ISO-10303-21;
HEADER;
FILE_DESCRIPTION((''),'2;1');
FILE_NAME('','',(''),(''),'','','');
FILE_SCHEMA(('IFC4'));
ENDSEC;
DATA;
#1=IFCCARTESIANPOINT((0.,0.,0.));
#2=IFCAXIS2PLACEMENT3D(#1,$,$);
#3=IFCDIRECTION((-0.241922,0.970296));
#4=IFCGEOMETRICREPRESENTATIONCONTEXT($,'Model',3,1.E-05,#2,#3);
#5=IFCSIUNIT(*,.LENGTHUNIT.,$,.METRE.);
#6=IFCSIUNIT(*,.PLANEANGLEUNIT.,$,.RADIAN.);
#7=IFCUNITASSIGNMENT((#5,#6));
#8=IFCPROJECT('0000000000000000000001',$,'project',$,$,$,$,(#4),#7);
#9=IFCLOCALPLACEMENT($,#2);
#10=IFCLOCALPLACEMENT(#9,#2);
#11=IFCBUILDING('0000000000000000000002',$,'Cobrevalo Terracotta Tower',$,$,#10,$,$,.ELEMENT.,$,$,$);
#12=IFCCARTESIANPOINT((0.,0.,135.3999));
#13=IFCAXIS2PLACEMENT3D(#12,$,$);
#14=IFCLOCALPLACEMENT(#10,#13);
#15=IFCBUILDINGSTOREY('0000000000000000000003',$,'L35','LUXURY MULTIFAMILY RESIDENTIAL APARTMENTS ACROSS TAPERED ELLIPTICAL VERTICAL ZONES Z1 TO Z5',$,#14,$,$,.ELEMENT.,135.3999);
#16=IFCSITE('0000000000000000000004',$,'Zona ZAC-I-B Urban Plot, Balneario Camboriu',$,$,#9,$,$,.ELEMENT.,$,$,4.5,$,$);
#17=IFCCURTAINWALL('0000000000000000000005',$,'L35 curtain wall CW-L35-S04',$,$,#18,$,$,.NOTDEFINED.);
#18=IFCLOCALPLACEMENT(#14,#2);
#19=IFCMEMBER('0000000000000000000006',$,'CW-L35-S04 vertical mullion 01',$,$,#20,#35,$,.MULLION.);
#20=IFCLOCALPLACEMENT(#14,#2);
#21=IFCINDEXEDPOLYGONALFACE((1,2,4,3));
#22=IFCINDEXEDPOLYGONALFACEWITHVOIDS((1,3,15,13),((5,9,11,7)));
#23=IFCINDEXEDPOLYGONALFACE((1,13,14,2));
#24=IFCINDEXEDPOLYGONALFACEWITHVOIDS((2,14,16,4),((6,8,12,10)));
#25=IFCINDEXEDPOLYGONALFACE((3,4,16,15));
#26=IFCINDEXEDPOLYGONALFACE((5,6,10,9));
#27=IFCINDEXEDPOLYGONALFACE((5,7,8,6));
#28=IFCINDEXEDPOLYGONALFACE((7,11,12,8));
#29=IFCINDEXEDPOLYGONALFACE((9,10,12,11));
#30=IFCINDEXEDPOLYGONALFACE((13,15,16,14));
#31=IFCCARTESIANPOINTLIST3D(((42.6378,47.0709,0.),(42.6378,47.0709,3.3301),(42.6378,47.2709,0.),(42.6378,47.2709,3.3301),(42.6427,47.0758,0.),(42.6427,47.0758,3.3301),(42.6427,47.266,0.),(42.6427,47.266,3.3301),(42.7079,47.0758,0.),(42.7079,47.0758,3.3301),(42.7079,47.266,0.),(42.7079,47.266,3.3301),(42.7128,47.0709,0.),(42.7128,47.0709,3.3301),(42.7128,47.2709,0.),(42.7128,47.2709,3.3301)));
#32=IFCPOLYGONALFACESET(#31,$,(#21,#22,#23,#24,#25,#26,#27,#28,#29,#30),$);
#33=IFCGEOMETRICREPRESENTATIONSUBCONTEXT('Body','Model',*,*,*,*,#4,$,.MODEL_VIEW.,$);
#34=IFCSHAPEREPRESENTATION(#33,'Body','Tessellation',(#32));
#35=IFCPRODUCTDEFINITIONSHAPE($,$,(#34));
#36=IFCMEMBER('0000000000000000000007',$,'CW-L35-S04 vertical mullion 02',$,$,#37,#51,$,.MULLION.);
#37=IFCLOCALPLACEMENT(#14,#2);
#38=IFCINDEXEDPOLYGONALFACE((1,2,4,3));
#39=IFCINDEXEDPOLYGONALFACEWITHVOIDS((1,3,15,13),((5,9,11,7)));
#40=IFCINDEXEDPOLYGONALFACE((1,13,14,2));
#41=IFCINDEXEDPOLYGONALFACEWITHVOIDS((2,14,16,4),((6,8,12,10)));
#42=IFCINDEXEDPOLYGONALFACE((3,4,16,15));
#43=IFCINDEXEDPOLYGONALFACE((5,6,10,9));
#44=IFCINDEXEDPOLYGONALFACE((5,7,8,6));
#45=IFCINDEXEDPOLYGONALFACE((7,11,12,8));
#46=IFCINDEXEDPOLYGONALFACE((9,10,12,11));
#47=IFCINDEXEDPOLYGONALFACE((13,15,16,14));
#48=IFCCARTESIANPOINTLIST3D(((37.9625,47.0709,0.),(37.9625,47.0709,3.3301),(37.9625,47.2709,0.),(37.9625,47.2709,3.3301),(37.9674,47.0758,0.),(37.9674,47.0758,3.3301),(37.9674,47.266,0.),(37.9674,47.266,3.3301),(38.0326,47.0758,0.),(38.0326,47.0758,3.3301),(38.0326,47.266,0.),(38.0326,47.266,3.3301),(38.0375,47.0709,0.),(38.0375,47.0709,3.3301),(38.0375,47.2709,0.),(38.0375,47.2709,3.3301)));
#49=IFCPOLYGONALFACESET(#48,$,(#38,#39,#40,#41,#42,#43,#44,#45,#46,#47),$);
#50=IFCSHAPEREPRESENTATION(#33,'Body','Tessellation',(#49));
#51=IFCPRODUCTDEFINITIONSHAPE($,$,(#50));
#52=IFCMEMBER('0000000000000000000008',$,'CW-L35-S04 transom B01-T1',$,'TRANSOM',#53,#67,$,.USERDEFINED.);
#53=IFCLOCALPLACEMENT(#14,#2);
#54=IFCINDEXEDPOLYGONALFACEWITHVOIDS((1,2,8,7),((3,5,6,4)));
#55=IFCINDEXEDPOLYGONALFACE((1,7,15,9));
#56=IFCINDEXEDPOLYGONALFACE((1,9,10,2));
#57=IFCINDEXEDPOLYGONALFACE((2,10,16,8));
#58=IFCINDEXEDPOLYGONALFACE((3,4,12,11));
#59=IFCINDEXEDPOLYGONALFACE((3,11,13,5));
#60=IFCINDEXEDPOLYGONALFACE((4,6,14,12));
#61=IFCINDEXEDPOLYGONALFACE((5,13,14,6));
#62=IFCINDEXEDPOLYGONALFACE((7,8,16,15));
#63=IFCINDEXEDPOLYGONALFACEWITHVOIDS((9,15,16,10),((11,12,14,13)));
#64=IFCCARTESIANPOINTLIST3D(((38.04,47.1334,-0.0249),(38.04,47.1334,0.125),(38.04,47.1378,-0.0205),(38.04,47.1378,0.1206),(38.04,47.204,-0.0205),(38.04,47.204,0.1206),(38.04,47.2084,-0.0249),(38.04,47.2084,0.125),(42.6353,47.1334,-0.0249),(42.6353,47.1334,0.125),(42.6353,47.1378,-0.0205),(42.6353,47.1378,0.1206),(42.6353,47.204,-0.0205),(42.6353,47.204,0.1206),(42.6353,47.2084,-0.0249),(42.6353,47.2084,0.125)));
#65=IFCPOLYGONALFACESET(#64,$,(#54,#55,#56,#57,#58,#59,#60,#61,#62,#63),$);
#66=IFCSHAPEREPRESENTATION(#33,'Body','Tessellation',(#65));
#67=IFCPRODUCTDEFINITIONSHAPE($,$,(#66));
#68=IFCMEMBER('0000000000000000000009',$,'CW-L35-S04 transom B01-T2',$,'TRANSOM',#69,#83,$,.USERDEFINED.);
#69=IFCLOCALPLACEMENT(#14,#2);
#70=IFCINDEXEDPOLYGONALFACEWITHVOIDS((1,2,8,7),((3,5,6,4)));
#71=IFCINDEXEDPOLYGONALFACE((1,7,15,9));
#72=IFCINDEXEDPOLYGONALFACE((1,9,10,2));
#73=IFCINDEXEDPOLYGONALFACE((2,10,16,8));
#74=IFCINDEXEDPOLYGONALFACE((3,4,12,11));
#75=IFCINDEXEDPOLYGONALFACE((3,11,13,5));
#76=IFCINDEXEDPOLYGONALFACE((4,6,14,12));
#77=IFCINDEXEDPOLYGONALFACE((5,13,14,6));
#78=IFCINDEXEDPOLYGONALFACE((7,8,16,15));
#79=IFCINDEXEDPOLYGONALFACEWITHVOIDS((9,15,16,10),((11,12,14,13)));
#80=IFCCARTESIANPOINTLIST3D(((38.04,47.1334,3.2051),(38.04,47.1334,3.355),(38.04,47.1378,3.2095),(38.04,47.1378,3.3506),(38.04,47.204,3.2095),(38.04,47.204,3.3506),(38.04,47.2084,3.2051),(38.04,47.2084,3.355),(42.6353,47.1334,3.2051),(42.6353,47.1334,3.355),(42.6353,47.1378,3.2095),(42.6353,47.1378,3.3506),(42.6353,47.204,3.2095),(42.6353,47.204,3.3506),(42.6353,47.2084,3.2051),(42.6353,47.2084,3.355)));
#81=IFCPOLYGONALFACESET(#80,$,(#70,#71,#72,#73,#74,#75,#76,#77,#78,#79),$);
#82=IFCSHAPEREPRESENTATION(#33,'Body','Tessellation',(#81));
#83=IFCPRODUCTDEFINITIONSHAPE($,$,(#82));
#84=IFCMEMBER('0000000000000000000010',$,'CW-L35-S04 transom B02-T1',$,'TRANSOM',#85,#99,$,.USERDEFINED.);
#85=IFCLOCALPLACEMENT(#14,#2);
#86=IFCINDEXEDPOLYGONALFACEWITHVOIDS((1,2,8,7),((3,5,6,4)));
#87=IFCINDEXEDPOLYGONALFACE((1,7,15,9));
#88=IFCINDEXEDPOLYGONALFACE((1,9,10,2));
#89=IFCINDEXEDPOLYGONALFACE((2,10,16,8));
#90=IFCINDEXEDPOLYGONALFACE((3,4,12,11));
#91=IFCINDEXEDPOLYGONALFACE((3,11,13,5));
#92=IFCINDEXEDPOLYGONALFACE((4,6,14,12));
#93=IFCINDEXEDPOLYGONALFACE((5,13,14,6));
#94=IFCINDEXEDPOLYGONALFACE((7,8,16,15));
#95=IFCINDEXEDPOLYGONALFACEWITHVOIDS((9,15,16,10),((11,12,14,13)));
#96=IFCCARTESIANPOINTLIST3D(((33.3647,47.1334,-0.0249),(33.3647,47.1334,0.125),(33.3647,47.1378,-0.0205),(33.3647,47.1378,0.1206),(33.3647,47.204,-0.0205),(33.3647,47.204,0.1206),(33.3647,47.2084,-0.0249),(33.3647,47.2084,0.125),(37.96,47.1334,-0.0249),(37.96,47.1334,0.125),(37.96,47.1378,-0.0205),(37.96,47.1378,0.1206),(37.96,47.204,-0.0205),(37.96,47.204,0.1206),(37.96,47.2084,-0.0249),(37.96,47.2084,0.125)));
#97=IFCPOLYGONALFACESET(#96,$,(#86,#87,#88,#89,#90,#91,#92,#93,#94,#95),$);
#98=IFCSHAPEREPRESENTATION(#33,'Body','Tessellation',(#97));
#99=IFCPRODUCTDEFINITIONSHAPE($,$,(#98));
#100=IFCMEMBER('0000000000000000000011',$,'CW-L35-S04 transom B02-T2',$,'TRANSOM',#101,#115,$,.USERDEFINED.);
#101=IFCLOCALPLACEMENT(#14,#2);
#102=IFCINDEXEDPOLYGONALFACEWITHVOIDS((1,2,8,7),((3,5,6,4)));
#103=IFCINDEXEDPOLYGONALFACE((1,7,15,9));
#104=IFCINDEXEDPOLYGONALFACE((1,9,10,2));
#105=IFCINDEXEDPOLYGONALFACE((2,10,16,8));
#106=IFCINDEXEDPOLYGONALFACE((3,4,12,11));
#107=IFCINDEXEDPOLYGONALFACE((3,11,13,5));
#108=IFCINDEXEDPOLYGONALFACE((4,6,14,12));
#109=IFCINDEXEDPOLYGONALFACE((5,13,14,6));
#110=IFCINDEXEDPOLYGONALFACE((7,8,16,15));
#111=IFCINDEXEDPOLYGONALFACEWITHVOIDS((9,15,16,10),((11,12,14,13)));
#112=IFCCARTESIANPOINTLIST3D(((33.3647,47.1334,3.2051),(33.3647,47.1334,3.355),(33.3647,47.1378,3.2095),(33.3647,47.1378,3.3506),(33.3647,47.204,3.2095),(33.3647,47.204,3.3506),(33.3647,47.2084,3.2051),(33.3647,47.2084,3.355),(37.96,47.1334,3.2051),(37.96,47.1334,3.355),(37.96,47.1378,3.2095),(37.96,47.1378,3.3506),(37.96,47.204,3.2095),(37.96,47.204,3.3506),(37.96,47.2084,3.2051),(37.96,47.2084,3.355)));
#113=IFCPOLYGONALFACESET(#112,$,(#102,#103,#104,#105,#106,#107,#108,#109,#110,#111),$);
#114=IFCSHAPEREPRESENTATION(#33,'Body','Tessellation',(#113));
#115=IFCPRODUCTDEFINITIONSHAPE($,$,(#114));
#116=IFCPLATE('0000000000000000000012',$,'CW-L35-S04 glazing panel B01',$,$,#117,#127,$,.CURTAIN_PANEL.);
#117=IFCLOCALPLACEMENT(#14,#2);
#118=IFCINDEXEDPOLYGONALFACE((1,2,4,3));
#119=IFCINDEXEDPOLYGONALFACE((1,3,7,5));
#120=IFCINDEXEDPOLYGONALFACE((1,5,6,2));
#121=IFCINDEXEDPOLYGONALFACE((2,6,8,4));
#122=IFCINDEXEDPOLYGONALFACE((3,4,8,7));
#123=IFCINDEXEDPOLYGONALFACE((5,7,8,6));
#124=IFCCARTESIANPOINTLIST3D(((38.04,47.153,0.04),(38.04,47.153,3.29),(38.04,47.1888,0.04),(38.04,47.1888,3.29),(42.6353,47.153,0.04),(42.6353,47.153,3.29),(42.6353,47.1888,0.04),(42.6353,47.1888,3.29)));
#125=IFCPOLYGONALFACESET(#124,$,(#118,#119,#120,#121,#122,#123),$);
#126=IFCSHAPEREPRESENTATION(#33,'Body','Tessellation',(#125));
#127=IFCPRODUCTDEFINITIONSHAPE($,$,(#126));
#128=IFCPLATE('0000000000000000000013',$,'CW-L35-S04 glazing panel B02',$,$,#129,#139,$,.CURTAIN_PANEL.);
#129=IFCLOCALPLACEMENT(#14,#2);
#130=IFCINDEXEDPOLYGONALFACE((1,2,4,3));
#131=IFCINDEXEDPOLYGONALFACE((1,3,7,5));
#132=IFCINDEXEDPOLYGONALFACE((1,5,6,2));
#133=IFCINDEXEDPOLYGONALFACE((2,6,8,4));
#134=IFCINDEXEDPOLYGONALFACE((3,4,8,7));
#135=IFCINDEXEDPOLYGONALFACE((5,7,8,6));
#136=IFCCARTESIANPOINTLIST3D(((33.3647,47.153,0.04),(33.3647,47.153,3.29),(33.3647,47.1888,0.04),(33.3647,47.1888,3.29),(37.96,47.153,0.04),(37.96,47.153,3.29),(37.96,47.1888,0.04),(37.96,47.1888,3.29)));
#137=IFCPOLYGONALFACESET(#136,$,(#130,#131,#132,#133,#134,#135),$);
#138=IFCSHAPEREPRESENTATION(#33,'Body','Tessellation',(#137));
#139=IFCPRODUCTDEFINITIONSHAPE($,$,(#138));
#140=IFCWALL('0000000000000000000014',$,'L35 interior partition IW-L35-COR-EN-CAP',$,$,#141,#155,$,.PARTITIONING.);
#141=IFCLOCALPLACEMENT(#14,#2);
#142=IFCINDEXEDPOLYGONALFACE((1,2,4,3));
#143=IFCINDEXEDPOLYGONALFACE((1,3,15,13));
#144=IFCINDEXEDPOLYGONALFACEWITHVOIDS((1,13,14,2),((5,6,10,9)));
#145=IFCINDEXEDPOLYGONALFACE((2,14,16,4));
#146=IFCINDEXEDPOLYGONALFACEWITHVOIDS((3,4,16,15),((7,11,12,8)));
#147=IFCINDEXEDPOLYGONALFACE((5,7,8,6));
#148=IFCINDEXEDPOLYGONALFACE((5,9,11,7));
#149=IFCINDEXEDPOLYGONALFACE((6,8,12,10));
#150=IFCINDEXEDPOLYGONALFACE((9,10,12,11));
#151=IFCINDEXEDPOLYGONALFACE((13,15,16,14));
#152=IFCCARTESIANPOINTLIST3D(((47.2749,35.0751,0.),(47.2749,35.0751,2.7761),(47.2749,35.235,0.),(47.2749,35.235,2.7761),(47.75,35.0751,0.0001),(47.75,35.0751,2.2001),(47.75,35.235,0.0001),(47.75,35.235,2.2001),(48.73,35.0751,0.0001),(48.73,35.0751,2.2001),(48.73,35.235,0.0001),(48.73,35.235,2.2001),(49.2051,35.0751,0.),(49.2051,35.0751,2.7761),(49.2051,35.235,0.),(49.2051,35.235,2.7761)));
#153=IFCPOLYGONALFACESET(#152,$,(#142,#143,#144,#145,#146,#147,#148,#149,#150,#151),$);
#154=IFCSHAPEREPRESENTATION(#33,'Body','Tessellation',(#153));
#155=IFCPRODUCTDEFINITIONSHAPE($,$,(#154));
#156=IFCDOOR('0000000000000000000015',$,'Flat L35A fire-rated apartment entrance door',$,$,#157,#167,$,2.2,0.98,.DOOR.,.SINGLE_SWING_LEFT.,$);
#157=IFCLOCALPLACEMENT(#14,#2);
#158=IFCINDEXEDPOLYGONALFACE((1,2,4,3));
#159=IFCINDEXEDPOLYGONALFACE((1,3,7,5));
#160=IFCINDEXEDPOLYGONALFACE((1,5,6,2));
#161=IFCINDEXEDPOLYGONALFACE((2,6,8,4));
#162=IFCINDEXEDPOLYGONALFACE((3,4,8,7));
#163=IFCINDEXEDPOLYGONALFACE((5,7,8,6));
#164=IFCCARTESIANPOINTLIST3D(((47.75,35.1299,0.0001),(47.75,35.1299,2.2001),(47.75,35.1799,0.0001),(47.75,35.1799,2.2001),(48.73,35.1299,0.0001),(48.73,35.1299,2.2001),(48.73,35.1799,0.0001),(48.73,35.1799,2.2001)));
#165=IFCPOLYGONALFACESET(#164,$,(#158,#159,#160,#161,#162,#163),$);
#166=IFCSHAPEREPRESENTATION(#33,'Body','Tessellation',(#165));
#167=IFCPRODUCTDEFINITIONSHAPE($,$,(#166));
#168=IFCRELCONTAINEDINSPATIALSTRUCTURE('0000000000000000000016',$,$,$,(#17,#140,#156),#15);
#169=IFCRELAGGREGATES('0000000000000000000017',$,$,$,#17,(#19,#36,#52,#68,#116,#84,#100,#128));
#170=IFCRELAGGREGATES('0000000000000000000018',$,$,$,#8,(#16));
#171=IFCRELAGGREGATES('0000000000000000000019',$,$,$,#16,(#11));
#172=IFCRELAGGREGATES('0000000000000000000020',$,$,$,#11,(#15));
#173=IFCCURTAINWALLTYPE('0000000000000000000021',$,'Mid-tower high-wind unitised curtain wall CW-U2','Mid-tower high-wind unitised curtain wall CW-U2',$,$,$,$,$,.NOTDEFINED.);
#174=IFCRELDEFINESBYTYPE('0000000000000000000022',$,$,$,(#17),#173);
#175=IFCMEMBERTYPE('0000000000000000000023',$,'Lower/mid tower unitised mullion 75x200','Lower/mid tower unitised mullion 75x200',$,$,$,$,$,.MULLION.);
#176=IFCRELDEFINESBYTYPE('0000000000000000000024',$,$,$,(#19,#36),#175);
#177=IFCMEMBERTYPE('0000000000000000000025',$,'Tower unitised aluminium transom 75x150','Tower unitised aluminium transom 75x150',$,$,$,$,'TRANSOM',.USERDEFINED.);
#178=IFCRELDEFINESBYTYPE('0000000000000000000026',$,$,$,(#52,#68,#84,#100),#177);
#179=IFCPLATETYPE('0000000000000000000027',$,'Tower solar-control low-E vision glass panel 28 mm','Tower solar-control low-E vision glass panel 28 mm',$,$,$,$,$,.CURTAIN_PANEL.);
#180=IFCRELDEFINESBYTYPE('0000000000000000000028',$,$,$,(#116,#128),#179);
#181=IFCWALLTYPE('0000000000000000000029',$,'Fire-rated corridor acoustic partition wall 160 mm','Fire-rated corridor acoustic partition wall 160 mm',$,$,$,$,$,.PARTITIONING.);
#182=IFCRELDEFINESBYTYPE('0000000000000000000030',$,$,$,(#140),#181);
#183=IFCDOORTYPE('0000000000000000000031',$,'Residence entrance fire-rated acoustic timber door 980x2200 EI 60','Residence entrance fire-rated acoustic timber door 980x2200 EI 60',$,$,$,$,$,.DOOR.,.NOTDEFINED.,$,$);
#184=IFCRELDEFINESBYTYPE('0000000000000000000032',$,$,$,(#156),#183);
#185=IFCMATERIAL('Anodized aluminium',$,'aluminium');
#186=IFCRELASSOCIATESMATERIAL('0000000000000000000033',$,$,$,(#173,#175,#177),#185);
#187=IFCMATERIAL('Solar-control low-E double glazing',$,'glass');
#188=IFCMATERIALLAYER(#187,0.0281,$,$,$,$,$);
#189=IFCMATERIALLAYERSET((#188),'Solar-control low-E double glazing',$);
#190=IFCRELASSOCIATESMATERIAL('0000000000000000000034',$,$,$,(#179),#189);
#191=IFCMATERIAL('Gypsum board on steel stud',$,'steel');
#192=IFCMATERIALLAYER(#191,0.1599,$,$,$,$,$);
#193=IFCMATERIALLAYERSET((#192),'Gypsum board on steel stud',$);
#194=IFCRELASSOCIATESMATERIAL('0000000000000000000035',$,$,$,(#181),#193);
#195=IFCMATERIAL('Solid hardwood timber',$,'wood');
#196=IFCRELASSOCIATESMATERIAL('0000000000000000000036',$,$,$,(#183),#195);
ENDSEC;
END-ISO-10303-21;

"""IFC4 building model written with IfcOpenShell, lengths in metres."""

from ifc_helpers import new_model, si_unit, direction, frame, frame_2d, origin, origin_2d, place, context, subcontext, project, spatial, rectangle, hollow_rectangle, extrude, source, transform, mapped, material, layer, layer_set, material_profile, profile_set, type_object, element, fill, aggregate, save


model = new_model("IFC4")

# Units and contexts
model_context = context("Model", 3, precision=1e-05, world=origin(), true_north=direction((-0.241922, 0.970296)))
body_context = subcontext(model_context, "Body", "Model", "MODEL_VIEW")
ifc_project = project(units=[si_unit("LENGTHUNIT", "METRE"), si_unit("PLANEANGLEUNIT", "RADIAN")], contexts=[model_context])

# Site, building, storey
site_placement = place(None, origin())
site = spatial("IfcSite", under=ifc_project, at=site_placement, Name="Zona ZAC-I-B Urban Plot, Balneario Camboriu", CompositionType="ELEMENT", RefElevation=4.5)
building_placement = place(site_placement, origin())
building = spatial("IfcBuilding", under=site, at=building_placement, Name="Cobrevalo Terracotta Tower", CompositionType="ELEMENT")
storey_placement = place(building_placement, frame((0.0, 0.0, 135.3999)))
storey = spatial("IfcBuildingStorey", under=building, at=storey_placement, Name="L35", Description="LUXURY MULTIFAMILY RESIDENTIAL APARTMENTS ACROSS TAPERED ELLIPTICAL VERTICAL ZONES Z1 TO Z5", CompositionType="ELEMENT", Elevation=135.3999)

# Curtain wall, members, plates
ifc_material_1 = material(Name="Anodized aluminium", Category="aluminium")
curtain_wall_type = type_object("IfcCurtainWallType", Name="Mid-tower high-wind unitised curtain wall CW-U2", Description="Mid-tower high-wind unitised curtain wall CW-U2", PredefinedType="NOTDEFINED", material=ifc_material_1)
curtain_wall_placement = place(storey_placement, origin())
curtain_wall = element("IfcCurtainWall", 1, at=curtain_wall_placement, inside=storey, type_object=curtain_wall_type, Name="L35 curtain wall CW-L35-S04", PredefinedType="NOTDEFINED")
ifc_material_profile_1 = material_profile(ifc_material_1, hollow_rectangle(XDim=0.075, YDim=0.2, WallThickness=0.0049, at=origin_2d()), Name="CWM 75x200")
ifc_profile_set_1 = profile_set([ifc_material_profile_1], Name="Anodized aluminium")
member_type_1 = type_object("IfcMemberType", Name="Lower/mid tower unitised mullion 75x200", Description="Lower/mid tower unitised mullion 75x200", PredefinedType="MULLION", material=ifc_profile_set_1)
shared_shape_1 = source(origin(), body_context, "Body", "SweptSolid", [
    extrude(hollow_rectangle(XDim=0.075, YDim=0.2, WallThickness=0.0049, at=origin_2d()), origin(), (0.0, 0.0, 1.0), 3.3301),
])
member_1_placement = place(storey_placement, frame((42.6753, 47.1709, 0.0), z_axis=(0.0, 0.0, 1.0), x_axis=(-1.0, 0.0, 0.0)))
member_1 = element("IfcMember", 2, at=member_1_placement, type_object=member_type_1, Name="CW-L35-S04 vertical mullion 01", PredefinedType="MULLION", context=body_context, shape_type="MappedRepresentation", body=[
    mapped(shared_shape_1, transform((0.0, 0.0, 0.0), scale=1.0)),
])
member_2_placement = place(storey_placement, frame((38.0, 47.1709, 0.0), z_axis=(0.0, 0.0, 1.0), x_axis=(-1.0, 0.0, 0.0)))
member_2 = element("IfcMember", 3, at=member_2_placement, type_object=member_type_1, Name="CW-L35-S04 vertical mullion 02", PredefinedType="MULLION", context=body_context, shape_type="MappedRepresentation", body=[
    mapped(shared_shape_1, transform((0.0, 0.0, 0.0), scale=1.0)),
])
ifc_material_profile_2 = material_profile(ifc_material_1, hollow_rectangle(XDim=0.075, YDim=0.1499, WallThickness=0.0044, at=origin_2d()), Name="CWT 75x150")
ifc_profile_set_2 = profile_set([ifc_material_profile_2], Name="Anodized aluminium")
member_type_2 = type_object("IfcMemberType", Name="Tower unitised aluminium transom 75x150", Description="Tower unitised aluminium transom 75x150", ElementType="TRANSOM", PredefinedType="USERDEFINED", material=ifc_profile_set_2)
shared_shape_2 = source(origin(), body_context, "Body", "SweptSolid", [
    extrude(hollow_rectangle(XDim=0.075, YDim=0.1499, WallThickness=0.0044, at=origin_2d()), origin(), (0.0, 0.0, 1.0), 4.5952),
])
member_3_placement = place(storey_placement, frame((42.6353, 47.1709, 0.05), z_axis=(-1.0, 0.0, 0.0), x_axis=(0.0, -1.0, 0.0)))
member_3 = element("IfcMember", 4, at=member_3_placement, type_object=member_type_2, Name="CW-L35-S04 transom B01-T1", ObjectType="TRANSOM", PredefinedType="USERDEFINED", context=body_context, shape_type="MappedRepresentation", body=[
    mapped(shared_shape_2, transform((0.0, 0.0, 0.0), scale=1.0)),
])
member_4_placement = place(storey_placement, frame((42.6353, 47.1709, 3.28), z_axis=(-1.0, 0.0, 0.0), x_axis=(0.0, -1.0, 0.0)))
member_4 = element("IfcMember", 5, at=member_4_placement, type_object=member_type_2, Name="CW-L35-S04 transom B01-T2", ObjectType="TRANSOM", PredefinedType="USERDEFINED", context=body_context, shape_type="MappedRepresentation", body=[
    mapped(shared_shape_2, transform((0.0, 0.0, 0.0), scale=1.0)),
])
member_5_placement = place(storey_placement, frame((37.96, 47.1709, 0.05), z_axis=(-1.0, 0.0, 0.0), x_axis=(0.0, -1.0, 0.0)))
member_5 = element("IfcMember", 6, at=member_5_placement, type_object=member_type_2, Name="CW-L35-S04 transom B02-T1", ObjectType="TRANSOM", PredefinedType="USERDEFINED", context=body_context, shape_type="MappedRepresentation", body=[
    mapped(shared_shape_2, transform((0.0, 0.0, 0.0), scale=1.0)),
])
member_6_placement = place(storey_placement, frame((37.96, 47.1709, 3.28), z_axis=(-1.0, 0.0, 0.0), x_axis=(0.0, -1.0, 0.0)))
member_6 = element("IfcMember", 7, at=member_6_placement, type_object=member_type_2, Name="CW-L35-S04 transom B02-T2", ObjectType="TRANSOM", PredefinedType="USERDEFINED", context=body_context, shape_type="MappedRepresentation", body=[
    mapped(shared_shape_2, transform((0.0, 0.0, 0.0), scale=1.0)),
])
ifc_material_2 = material(Name="Solar-control low-E double glazing", Category="glass")
ifc_layer_1 = layer(ifc_material_2, 0.0281)
ifc_layer_set_1 = layer_set([ifc_layer_1], Name="Solar-control low-E double glazing")
plate_type = type_object("IfcPlateType", Name="Tower solar-control low-E vision glass panel 28 mm", Description="Tower solar-control low-E vision glass panel 28 mm", PredefinedType="CURTAIN_PANEL", material=ifc_layer_set_1)
shared_shape_3 = source(origin(), body_context, "Body", "SweptSolid", [
    extrude(rectangle(XDim=4.5952, YDim=0.0359, at=origin_2d()), origin(), (0.0, 0.0, 1.0), 3.25),
])
plate_1_placement = place(storey_placement, frame((40.3376, 47.1709, 0.04), z_axis=(0.0, 0.0, 1.0), x_axis=(-1.0, 0.0, 0.0)))
plate_1 = element("IfcPlate", 8, at=plate_1_placement, type_object=plate_type, Name="CW-L35-S04 glazing panel B01", PredefinedType="CURTAIN_PANEL", context=body_context, shape_type="MappedRepresentation", body=[
    mapped(shared_shape_3, transform((0.0, 0.0, 0.0), scale=1.0)),
])
plate_2_placement = place(storey_placement, frame((35.6624, 47.1709, 0.04), z_axis=(0.0, 0.0, 1.0), x_axis=(-1.0, 0.0, 0.0)))
plate_2 = element("IfcPlate", 9, at=plate_2_placement, type_object=plate_type, Name="CW-L35-S04 glazing panel B02", PredefinedType="CURTAIN_PANEL", context=body_context, shape_type="MappedRepresentation", body=[
    mapped(shared_shape_3, transform((0.0, 0.0, 0.0), scale=1.0)),
])
aggregate(curtain_wall, [member_1, member_2, member_3, member_4, plate_1, member_5, member_6, plate_2])

# Wall, opening, door
ifc_material_3 = material(Name="Gypsum board on steel stud", Category="steel")
ifc_layer_2 = layer(ifc_material_3, 0.1599)
ifc_layer_set_2 = layer_set([ifc_layer_2], Name="Gypsum board on steel stud")
wall_type_1 = type_object("IfcWallType", Name="Fire-rated corridor acoustic partition wall 160 mm", Description="Fire-rated corridor acoustic partition wall 160 mm", PredefinedType="PARTITIONING", material=ifc_layer_set_2)
wall_1_placement = place(storey_placement, frame((47.2749, 35.155, 0.0), z_axis=(0.0, 0.0, 1.0), x_axis=(1.0, 0.0, 0.0)))
wall_1 = element("IfcWall", 10, at=wall_1_placement, inside=storey, type_object=wall_type_1, Name="L35 interior partition IW-L35-COR-EN-CAP", PredefinedType="PARTITIONING", context=body_context, shape_type="SweptSolid", body=[
    extrude(rectangle(XDim=1.9302, YDim=0.1599, at=frame_2d((0.9651, 0.0))), origin(), (0.0, 0.0, 1.0), 2.7761),
])
opening_1_placement = place(wall_1_placement, frame((0.4751, 0.0, 0.0)))
opening_1 = element("IfcOpeningElement", 11, at=opening_1_placement, cuts=wall_1, PredefinedType="OPENING", context=body_context, shape_type="SweptSolid", body=[
    extrude(rectangle(XDim=0.98, YDim=2.2, at=frame_2d((0.49, 1.1001))), frame((0.0, 0.0898, 0.0), z_axis=(0.0, -1.0, 0.0), x_axis=(1.0, 0.0, 0.0)), (0.0, 0.0, 1.0), 0.1799),
])
ifc_material_4 = material(Name="Solid hardwood timber", Category="wood")
door_type_1 = type_object("IfcDoorType", Name="Residence entrance fire-rated acoustic timber door 980x2200 EI 60", Description="Residence entrance fire-rated acoustic timber door 980x2200 EI 60", OperationType="NOTDEFINED", PredefinedType="DOOR", material=ifc_material_4)
shared_shape_4 = source(origin(), body_context, "Body", "SweptSolid", [
    extrude(rectangle(XDim=0.98, YDim=2.2, at=frame_2d((0.49, 1.1001))), frame((0.0, 0.0249, 0.0), z_axis=(0.0, -1.0, 0.0), x_axis=(1.0, 0.0, 0.0)), (0.0, 0.0, 1.0), 0.05),
])
door_1_placement = place(opening_1_placement, origin())
door_1 = element("IfcDoor", 12, at=door_1_placement, inside=storey, type_object=door_type_1, Name="Flat L35A fire-rated apartment entrance door", OperationType="SINGLE_SWING_LEFT", OverallHeight=2.2, OverallWidth=0.98, PredefinedType="DOOR", context=body_context, shape_type="MappedRepresentation", body=[
    mapped(shared_shape_4, transform((0.0, 0.0, 0.0), scale=1.0)),
])
fill(opening_1, door_1)

save(model, "model.ifc")
